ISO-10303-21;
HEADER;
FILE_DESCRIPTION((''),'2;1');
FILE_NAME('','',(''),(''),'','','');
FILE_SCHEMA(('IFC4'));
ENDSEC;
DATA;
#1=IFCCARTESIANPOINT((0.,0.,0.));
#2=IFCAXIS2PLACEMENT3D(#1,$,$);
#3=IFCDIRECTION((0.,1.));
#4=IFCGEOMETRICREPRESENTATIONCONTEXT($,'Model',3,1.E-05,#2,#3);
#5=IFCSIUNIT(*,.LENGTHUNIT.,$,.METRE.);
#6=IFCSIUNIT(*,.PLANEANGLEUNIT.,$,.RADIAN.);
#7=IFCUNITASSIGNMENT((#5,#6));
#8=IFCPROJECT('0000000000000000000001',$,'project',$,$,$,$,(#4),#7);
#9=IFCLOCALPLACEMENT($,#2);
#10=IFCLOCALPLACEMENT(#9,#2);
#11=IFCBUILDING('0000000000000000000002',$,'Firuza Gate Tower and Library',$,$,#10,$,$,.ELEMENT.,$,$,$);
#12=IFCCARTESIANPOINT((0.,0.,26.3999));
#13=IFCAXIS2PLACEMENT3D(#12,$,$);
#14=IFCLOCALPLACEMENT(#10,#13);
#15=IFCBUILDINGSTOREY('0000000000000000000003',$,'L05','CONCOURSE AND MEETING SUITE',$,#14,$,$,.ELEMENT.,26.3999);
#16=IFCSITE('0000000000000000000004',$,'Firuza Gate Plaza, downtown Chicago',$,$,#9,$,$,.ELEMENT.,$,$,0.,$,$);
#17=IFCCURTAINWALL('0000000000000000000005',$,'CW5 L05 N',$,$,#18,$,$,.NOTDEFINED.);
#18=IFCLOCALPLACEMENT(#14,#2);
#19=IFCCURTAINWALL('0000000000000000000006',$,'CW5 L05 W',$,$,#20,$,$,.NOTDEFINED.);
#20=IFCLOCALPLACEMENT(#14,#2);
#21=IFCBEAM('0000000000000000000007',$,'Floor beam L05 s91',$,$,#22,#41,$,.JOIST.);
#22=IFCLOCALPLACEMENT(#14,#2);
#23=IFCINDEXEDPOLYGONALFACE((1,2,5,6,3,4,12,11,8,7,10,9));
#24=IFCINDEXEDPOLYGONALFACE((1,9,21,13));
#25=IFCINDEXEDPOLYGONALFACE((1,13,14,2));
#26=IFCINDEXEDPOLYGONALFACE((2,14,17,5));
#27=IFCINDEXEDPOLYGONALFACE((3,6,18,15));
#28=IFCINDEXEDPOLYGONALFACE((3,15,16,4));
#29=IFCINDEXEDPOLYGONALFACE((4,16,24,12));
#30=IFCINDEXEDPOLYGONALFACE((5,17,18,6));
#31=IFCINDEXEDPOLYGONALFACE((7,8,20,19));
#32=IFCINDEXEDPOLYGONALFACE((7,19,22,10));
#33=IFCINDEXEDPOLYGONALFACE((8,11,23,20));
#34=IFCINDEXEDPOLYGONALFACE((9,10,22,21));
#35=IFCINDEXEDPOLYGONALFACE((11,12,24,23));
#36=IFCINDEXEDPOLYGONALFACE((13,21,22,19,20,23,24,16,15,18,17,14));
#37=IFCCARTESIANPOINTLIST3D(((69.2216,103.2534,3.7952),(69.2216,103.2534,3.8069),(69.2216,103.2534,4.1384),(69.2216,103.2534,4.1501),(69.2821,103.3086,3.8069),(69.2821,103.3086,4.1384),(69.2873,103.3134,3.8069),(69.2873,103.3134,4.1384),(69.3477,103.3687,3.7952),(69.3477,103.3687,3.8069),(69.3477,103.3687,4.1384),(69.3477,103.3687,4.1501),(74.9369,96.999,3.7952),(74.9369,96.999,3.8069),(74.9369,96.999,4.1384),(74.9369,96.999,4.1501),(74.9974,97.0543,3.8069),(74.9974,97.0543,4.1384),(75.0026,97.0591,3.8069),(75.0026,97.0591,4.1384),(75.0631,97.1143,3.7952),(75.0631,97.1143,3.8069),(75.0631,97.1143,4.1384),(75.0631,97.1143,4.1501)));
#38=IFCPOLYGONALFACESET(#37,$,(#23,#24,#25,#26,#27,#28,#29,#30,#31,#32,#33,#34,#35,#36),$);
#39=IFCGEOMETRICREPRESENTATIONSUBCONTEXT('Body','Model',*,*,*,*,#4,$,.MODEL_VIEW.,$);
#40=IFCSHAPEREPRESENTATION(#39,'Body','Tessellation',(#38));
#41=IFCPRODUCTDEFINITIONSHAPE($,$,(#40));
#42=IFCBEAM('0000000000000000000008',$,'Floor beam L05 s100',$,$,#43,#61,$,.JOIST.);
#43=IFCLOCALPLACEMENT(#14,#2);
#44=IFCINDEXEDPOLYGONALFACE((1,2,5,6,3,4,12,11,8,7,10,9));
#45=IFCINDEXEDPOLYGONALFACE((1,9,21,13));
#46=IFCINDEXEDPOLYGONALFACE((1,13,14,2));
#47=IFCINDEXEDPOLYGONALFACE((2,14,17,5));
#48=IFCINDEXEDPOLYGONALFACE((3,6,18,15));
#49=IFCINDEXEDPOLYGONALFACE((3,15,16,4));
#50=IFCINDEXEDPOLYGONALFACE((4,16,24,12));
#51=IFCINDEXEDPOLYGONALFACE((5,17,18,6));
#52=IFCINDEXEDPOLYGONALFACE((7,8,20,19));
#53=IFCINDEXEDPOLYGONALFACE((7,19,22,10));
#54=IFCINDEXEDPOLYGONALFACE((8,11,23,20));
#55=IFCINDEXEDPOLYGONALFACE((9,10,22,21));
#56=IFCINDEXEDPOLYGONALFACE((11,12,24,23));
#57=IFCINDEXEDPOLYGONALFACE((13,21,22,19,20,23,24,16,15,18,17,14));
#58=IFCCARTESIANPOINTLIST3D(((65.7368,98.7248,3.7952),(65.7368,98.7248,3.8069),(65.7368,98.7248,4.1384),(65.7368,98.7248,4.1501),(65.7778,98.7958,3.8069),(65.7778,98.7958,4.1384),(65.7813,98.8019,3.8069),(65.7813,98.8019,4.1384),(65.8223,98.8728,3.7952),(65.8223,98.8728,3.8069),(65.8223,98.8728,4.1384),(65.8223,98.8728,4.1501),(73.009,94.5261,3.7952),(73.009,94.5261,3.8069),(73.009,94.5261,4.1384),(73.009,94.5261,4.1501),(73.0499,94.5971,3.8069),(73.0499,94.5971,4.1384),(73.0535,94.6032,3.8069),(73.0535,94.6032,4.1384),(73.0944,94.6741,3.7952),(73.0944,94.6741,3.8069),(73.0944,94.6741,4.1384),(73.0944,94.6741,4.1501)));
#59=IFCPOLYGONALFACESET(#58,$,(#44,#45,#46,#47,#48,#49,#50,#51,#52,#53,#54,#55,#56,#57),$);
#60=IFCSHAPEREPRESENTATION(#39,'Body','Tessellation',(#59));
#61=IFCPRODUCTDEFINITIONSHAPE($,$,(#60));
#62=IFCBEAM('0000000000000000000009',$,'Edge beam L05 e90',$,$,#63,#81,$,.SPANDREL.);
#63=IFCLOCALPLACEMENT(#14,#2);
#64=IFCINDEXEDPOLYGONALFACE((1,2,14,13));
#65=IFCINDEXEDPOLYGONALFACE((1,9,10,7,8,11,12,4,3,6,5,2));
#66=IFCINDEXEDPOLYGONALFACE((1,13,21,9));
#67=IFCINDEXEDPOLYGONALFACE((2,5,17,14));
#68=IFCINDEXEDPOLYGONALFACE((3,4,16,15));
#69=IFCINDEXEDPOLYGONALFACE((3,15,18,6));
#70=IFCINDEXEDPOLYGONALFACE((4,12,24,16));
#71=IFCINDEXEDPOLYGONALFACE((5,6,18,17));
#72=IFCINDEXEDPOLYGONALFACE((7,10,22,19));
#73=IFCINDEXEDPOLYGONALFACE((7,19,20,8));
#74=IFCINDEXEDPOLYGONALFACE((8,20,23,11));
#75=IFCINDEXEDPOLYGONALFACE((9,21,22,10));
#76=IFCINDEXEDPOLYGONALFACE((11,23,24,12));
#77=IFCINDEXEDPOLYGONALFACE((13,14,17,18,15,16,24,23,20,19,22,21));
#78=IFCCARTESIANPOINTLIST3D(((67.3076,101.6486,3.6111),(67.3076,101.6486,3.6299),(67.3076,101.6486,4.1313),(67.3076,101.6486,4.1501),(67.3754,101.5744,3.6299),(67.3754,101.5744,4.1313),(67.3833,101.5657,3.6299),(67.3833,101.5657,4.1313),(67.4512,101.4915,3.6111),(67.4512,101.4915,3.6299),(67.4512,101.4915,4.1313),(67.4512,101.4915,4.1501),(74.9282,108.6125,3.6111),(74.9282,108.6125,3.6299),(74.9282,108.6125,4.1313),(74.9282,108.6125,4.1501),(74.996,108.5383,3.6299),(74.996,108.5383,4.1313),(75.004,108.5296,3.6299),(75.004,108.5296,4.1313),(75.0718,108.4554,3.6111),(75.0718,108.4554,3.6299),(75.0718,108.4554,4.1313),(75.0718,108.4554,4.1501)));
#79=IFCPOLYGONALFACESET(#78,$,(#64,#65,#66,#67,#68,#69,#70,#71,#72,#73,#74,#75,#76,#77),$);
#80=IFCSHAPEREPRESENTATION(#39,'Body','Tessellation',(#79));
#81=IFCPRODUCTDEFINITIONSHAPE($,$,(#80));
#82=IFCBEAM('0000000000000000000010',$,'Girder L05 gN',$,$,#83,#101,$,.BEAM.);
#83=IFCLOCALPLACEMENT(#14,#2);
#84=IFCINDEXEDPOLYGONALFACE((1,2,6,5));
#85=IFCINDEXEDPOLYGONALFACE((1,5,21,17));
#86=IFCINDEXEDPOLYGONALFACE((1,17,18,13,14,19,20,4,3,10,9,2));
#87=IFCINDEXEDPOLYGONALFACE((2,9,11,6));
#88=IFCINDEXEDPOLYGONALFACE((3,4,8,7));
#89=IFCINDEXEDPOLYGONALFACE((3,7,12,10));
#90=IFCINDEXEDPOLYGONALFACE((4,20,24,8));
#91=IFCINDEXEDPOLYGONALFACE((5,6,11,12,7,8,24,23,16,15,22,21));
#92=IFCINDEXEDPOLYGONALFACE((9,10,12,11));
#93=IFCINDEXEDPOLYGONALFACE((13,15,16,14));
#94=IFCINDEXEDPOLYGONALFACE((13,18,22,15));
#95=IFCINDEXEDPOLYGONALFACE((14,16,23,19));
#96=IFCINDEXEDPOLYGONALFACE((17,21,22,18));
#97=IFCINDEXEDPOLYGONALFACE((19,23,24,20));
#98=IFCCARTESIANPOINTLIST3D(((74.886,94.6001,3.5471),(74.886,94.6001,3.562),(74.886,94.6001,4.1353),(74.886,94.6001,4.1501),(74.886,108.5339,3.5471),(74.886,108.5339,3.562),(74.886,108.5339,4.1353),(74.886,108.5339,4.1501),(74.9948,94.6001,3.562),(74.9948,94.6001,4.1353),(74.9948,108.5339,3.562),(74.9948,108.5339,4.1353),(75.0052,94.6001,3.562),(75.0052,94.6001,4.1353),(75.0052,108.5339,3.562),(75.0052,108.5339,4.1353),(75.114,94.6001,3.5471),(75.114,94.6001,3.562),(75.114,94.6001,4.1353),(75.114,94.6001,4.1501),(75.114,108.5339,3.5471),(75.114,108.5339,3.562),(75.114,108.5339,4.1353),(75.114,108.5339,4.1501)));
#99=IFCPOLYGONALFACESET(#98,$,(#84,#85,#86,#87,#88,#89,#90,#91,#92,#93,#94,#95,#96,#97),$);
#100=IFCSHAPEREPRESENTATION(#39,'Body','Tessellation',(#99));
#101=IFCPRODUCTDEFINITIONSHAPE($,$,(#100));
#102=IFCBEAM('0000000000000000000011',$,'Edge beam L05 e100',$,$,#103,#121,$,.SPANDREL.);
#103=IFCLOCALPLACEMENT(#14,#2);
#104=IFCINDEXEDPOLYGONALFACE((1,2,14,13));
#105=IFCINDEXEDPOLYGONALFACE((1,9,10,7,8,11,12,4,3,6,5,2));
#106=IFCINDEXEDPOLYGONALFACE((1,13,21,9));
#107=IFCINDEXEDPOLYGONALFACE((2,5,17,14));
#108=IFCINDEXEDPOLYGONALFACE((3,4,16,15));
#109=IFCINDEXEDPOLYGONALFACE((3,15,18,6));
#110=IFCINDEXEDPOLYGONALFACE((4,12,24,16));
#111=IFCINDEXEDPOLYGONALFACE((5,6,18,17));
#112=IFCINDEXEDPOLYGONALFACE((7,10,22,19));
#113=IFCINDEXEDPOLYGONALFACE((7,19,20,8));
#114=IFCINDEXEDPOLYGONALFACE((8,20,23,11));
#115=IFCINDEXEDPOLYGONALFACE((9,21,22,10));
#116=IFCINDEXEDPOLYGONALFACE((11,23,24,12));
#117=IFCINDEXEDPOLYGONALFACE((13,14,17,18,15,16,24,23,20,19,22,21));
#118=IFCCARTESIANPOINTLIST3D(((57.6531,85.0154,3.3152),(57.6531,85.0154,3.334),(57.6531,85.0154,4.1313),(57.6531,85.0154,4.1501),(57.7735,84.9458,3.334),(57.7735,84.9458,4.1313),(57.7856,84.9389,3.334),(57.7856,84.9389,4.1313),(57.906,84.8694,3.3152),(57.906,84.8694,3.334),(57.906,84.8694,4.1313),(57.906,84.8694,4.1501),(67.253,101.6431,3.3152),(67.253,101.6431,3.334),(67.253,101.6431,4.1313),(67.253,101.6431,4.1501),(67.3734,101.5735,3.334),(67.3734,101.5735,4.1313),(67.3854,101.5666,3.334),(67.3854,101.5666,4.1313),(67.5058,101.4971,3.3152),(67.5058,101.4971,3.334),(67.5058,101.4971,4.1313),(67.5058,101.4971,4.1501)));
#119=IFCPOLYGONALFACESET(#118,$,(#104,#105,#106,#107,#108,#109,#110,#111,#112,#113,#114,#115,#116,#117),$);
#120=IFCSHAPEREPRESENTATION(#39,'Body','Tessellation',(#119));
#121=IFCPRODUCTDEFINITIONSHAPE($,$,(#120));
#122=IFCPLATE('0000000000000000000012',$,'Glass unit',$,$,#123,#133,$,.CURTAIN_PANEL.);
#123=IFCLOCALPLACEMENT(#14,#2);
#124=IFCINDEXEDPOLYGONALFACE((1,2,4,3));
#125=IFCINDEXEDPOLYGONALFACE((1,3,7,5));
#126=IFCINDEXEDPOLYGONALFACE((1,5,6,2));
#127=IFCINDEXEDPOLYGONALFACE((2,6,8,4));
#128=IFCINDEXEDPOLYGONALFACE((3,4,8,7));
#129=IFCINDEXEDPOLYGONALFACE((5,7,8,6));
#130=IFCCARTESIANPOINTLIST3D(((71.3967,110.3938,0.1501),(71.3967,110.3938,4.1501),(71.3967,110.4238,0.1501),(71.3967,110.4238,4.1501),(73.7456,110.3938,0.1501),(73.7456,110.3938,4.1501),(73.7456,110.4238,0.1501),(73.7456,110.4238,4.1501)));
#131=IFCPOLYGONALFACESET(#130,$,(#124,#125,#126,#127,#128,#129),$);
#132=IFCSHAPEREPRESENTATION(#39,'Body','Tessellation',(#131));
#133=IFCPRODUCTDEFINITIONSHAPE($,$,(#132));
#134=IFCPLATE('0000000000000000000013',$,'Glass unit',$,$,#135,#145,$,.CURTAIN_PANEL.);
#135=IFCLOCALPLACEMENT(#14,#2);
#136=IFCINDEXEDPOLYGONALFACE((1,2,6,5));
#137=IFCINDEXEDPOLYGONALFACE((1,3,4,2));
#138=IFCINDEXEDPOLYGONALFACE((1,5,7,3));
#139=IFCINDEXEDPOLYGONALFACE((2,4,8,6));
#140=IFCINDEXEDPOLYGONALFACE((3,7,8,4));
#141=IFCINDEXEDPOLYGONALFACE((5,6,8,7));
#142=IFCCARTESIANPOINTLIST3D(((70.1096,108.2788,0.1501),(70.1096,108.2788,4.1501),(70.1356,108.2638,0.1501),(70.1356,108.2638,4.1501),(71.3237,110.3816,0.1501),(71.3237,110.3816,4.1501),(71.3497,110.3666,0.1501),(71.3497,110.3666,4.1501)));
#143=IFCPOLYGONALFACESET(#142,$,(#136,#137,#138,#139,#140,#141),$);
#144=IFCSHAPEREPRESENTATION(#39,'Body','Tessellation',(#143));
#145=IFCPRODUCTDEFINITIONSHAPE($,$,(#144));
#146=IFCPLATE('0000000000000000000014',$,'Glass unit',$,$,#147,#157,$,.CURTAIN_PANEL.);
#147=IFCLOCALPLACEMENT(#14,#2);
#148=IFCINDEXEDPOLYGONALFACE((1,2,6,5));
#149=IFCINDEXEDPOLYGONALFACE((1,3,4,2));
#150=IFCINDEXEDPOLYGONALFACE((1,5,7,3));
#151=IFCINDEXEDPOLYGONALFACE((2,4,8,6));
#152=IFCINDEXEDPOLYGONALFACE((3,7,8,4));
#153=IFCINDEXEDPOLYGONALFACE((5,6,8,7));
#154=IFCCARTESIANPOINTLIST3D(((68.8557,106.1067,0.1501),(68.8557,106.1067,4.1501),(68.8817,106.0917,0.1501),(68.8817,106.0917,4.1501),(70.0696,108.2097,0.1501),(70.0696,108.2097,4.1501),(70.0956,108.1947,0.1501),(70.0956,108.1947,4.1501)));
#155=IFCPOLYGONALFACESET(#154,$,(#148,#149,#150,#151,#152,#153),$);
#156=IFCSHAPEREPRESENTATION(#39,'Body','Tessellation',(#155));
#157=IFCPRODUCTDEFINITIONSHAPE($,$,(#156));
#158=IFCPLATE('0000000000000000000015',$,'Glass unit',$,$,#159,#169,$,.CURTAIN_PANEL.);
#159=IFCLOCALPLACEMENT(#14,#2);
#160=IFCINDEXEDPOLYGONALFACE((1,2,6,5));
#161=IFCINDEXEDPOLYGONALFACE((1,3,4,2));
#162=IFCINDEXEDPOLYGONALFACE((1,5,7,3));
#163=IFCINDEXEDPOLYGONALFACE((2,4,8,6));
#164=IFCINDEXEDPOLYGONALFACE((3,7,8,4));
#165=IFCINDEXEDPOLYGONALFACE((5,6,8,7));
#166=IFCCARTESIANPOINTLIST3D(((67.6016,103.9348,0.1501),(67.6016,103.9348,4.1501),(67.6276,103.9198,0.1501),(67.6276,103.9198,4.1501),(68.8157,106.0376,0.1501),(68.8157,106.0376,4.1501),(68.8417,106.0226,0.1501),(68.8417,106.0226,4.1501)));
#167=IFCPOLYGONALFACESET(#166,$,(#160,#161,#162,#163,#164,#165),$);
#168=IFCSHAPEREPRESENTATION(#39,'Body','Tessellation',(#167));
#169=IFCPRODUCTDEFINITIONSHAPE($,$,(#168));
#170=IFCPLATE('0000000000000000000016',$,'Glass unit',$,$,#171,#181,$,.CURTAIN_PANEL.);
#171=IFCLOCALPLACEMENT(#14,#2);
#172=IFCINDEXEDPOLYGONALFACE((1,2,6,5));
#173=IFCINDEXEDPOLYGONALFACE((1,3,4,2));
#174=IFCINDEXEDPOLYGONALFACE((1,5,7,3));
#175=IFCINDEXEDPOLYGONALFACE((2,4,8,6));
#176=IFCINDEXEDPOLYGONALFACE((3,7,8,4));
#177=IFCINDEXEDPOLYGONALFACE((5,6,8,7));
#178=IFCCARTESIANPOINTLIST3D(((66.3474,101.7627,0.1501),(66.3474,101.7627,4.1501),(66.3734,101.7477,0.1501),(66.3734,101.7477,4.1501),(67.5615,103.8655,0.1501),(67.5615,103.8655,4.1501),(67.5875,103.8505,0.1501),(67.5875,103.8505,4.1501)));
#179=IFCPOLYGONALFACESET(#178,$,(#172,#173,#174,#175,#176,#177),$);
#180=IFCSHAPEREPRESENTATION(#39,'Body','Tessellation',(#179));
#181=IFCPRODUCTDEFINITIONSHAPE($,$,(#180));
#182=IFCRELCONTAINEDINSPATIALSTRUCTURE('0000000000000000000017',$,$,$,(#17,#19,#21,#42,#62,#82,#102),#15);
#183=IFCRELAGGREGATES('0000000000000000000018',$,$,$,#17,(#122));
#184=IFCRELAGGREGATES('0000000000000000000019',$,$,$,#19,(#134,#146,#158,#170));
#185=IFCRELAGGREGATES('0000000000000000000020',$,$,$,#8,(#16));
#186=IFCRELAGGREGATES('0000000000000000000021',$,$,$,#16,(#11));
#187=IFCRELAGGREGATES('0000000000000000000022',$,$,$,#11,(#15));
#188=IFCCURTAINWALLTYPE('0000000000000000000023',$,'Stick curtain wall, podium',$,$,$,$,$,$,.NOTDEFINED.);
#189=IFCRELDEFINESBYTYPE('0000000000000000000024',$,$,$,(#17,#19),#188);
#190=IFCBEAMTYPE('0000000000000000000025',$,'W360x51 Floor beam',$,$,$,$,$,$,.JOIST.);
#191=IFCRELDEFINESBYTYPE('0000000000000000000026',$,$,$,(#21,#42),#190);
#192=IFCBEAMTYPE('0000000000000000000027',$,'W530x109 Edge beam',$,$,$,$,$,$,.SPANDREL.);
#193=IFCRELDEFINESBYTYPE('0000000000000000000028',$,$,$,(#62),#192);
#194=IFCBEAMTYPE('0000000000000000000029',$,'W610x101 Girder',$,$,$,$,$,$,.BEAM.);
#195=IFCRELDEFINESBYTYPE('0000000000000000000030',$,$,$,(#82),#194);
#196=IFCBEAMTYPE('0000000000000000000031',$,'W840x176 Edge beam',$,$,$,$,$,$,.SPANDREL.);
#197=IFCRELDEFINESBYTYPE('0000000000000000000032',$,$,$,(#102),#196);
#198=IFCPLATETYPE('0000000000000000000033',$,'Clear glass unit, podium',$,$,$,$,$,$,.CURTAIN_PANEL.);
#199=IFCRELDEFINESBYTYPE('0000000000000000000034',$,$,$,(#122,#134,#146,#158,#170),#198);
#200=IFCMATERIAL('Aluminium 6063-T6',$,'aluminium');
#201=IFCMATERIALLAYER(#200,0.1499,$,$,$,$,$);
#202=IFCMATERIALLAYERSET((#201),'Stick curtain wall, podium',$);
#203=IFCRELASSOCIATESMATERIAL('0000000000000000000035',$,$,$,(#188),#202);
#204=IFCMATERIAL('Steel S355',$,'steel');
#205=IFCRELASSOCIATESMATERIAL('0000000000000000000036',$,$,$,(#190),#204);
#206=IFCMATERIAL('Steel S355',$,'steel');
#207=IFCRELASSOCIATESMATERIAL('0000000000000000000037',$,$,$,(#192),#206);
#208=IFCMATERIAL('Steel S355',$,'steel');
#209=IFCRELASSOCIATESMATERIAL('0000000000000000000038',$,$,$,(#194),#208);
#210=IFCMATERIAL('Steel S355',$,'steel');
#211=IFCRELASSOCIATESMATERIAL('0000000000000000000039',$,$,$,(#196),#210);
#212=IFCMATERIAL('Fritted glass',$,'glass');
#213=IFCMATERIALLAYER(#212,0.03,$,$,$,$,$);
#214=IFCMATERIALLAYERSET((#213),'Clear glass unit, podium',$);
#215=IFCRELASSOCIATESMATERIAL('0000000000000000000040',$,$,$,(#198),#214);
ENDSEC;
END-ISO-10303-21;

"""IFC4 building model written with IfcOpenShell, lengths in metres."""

from ifc_helpers import new_model, si_unit, direction, frame, origin, origin_2d, place, context, subcontext, project, spatial, polyline, i_section, outline, extrude, material, layer, layer_set, material_profile, profile_set, type_object, element, aggregate, save


model = new_model("IFC4")

# Units and contexts
model_context = context("Model", 3, precision=1e-05, world=origin(), true_north=direction((0.0, 1.0)))
body_context = subcontext(model_context, "Body", "Model", "MODEL_VIEW")
ifc_project = project(units=[si_unit("LENGTHUNIT", "METRE"), si_unit("PLANEANGLEUNIT", "RADIAN")], contexts=[model_context])

# Site, building, storey
site_placement = place(None, origin())
site = spatial("IfcSite", under=ifc_project, at=site_placement, Name="Firuza Gate Plaza, downtown Chicago", CompositionType="ELEMENT", RefElevation=0.0)
building_placement = place(site_placement, origin())
building = spatial("IfcBuilding", under=site, at=building_placement, Name="Firuza Gate Tower and Library", CompositionType="ELEMENT")
storey_placement = place(building_placement, frame((0.0, 0.0, 26.3999)))
storey = spatial("IfcBuildingStorey", under=building, at=storey_placement, Name="L05", Description="CONCOURSE AND MEETING SUITE", CompositionType="ELEMENT", Elevation=26.3999)

# Curtain wall
ifc_material_1 = material(Name="Aluminium 6063-T6", Category="aluminium")
ifc_layer_1 = layer(ifc_material_1, 0.1499)
ifc_layer_set_1 = layer_set([ifc_layer_1], Name="Stick curtain wall, podium")
curtain_wall_type = type_object("IfcCurtainWallType", Name="Stick curtain wall, podium", PredefinedType="NOTDEFINED", material=ifc_layer_set_1)
placement = place(storey_placement, origin())
curtain_wall_1 = element("IfcCurtainWall", 1, at=placement, inside=storey, type_object=curtain_wall_type, Name="CW5 L05 N", PredefinedType="NOTDEFINED")

# Curtain wall
curtain_wall_2 = element("IfcCurtainWall", 2, at=placement, inside=storey, type_object=curtain_wall_type, Name="CW5 L05 W", PredefinedType="NOTDEFINED")

# Beams
ifc_material_2 = material(Name="Steel S355", Category="steel")
ifc_material_profile_1 = material_profile(ifc_material_2, i_section(OverallWidth=0.1709, OverallDepth=0.355, WebThickness=0.0071, FlangeThickness=0.0117, at=origin_2d()))
ifc_profile_set_1 = profile_set([ifc_material_profile_1], Name="Steel S355")
beam_type_1 = type_object("IfcBeamType", Name="W360x51 Floor beam", PredefinedType="JOIST", material=ifc_profile_set_1)
beam_1_placement = place(storey_placement, frame((69.2847, 103.311, 3.9727), z_axis=(0.674578, -0.738203, 0.0), x_axis=(0.738203, 0.674578, 0.0)))
element("IfcBeam", 3, at=beam_1_placement, inside=storey, type_object=beam_type_1, Name="Floor beam L05 s91", PredefinedType="JOIST", context=body_context, shape_type="SweptSolid", body=[
    extrude(i_section(OverallWidth=0.1709, OverallDepth=0.355, WebThickness=0.0071, FlangeThickness=0.0117, at=origin_2d()), origin(), (0.0, 0.0, 1.0), 8.4724),
])
beam_2_placement = place(storey_placement, frame((65.7795, 98.7988, 3.9727), z_axis=(0.86602, -0.50001, 0.0), x_axis=(0.50001, 0.86602, 0.0)))
element("IfcBeam", 4, at=beam_2_placement, inside=storey, type_object=beam_type_1, Name="Floor beam L05 s100", PredefinedType="JOIST", context=body_context, shape_type="SweptSolid", body=[
    extrude(i_section(OverallWidth=0.1709, OverallDepth=0.355, WebThickness=0.0071, FlangeThickness=0.0117, at=origin_2d()), origin(), (0.0, 0.0, 1.0), 8.3972),
])
ifc_material_3 = material(Name="Steel S355", Category="steel")
ifc_material_profile_2 = material_profile(ifc_material_3, i_section(OverallWidth=0.2129, OverallDepth=0.5391, WebThickness=0.0117, FlangeThickness=0.0188, at=origin_2d()))
ifc_profile_set_2 = profile_set([ifc_material_profile_2], Name="Steel S355")
beam_type_2 = type_object("IfcBeamType", Name="W530x109 Edge beam", PredefinedType="SPANDREL", material=ifc_profile_set_2)
beam_3_placement = place(storey_placement, frame((75.0, 108.5339, 3.8806), z_axis=(-0.7382, -0.674582, 0.0), x_axis=(0.674582, -0.7382, 0.0)))
element("IfcBeam", 5, at=beam_3_placement, inside=storey, type_object=beam_type_2, Name="Edge beam L05 e90", PredefinedType="SPANDREL", context=body_context, shape_type="SweptSolid", body=[
    extrude(i_section(OverallWidth=0.2129, OverallDepth=0.5391, WebThickness=0.0117, FlangeThickness=0.0188, at=origin_2d()), origin(), (0.0, 0.0, 1.0), 10.3232),
])
ifc_material_4 = material(Name="Steel S355", Category="steel")
ifc_material_profile_3 = material_profile(ifc_material_4, i_section(OverallWidth=0.228, OverallDepth=0.603, WebThickness=0.0105, FlangeThickness=0.0149, at=origin_2d()))
ifc_profile_set_3 = profile_set([ifc_material_profile_3], Name="Steel S355")
beam_type_3 = type_object("IfcBeamType", Name="W610x101 Girder", PredefinedType="BEAM", material=ifc_profile_set_3)
beam_4_placement = place(storey_placement, frame((75.0, 108.5339, 3.8486), z_axis=(0.0, -1.0, 0.0), x_axis=(1.0, 0.0, 0.0)))
element("IfcBeam", 6, at=beam_4_placement, inside=storey, type_object=beam_type_3, Name="Girder L05 gN", PredefinedType="BEAM", context=body_context, shape_type="SweptSolid", body=[
    extrude(i_section(OverallWidth=0.228, OverallDepth=0.603, WebThickness=0.0105, FlangeThickness=0.0149, at=origin_2d()), origin(), (0.0, 0.0, 1.0), 13.9338),
])
ifc_material_5 = material(Name="Steel S355", Category="steel")
ifc_material_profile_4 = material_profile(ifc_material_5, i_section(OverallWidth=0.292, OverallDepth=0.835, WebThickness=0.0139, FlangeThickness=0.0188, at=origin_2d()))
ifc_profile_set_4 = profile_set([ifc_material_profile_4], Name="Steel S355")
beam_type_4 = type_object("IfcBeamType", Name="W840x176 Edge beam", PredefinedType="SPANDREL", material=ifc_profile_set_4)
beam_5_placement = place(storey_placement, frame((67.3794, 101.5701, 3.7327), z_axis=(-0.499994, -0.866029, 0.0), x_axis=(0.866029, -0.499994, 0.0)))
element("IfcBeam", 7, at=beam_5_placement, inside=storey, type_object=beam_type_4, Name="Edge beam L05 e100", PredefinedType="SPANDREL", context=body_context, shape_type="SweptSolid", body=[
    extrude(i_section(OverallWidth=0.292, OverallDepth=0.835, WebThickness=0.0139, FlangeThickness=0.0188, at=origin_2d()), origin(), (0.0, 0.0, 1.0), 19.2),
])

# Plates
ifc_material_6 = material(Name="Fritted glass", Category="glass")
ifc_layer_2 = layer(ifc_material_6, 0.03)
ifc_layer_set_2 = layer_set([ifc_layer_2], Name="Clear glass unit, podium")
plate_type = type_object("IfcPlateType", Name="Clear glass unit, podium", PredefinedType="CURTAIN_PANEL", material=ifc_layer_set_2)
plate_1_placement = place(storey_placement, frame((73.7456, 110.4238, 0.1501), z_axis=(0.0, 1.0, 0.0), x_axis=(-1.0, 0.0, 0.0)))
plate_1 = element("IfcPlate", 8, at=plate_1_placement, type_object=plate_type, Name="Glass unit", PredefinedType="CURTAIN_PANEL", context=body_context, shape_type="SweptSolid", body=[
    extrude(outline(polyline([(0.0, 0.0), (2.3489, 0.0), (2.3489, 4.0), (0.0, 4.0), (0.0, 0.0)])), origin(), (0.0, 0.0, -1.0), 0.03),
])
aggregate(curtain_wall_1, [plate_1])
plate_2_placement = place(storey_placement, frame((71.3237, 110.3816, 0.1501), z_axis=(-0.866013, 0.500021, 0.0), x_axis=(-0.500021, -0.866013, 0.0)))
plate_2 = element("IfcPlate", 9, at=plate_2_placement, type_object=plate_type, Name="Glass unit", PredefinedType="CURTAIN_PANEL", context=body_context, shape_type="SweptSolid", body=[
    extrude(outline(polyline([(0.0, 0.0), (2.4281, 0.0), (2.4281, 4.0), (0.0, 4.0), (0.0, 0.0)])), origin(), (0.0, 0.0, -1.0), 0.03),
])
plate_3_placement = place(storey_placement, frame((70.0696, 108.2097, 0.1501), z_axis=(-0.866082, 0.499902, 0.0), x_axis=(-0.499902, -0.866082, 0.0)))
plate_3 = element("IfcPlate", 10, at=plate_3_placement, type_object=plate_type, Name="Glass unit", PredefinedType="CURTAIN_PANEL", context=body_context, shape_type="SweptSolid", body=[
    extrude(outline(polyline([(0.0, 0.0), (2.4282, 0.0), (2.4282, 4.0), (0.0, 4.0), (0.0, 0.0)])), origin(), (0.0, 0.0, -1.0), 0.03),
])
plate_4_placement = place(storey_placement, frame((68.8157, 106.0376, 0.1501), z_axis=(-0.866013, 0.500021, 0.0), x_axis=(-0.500021, -0.866013, 0.0)))
plate_4 = element("IfcPlate", 11, at=plate_4_placement, type_object=plate_type, Name="Glass unit", PredefinedType="CURTAIN_PANEL", context=body_context, shape_type="SweptSolid", body=[
    extrude(outline(polyline([(0.0, 0.0), (2.4281, 0.0), (2.4281, 4.0), (0.0, 4.0), (0.0, 0.0)])), origin(), (0.0, 0.0, -1.0), 0.03),
])
plate_5_placement = place(storey_placement, frame((67.5615, 103.8655, 0.1501), z_axis=(-0.866013, 0.500021, 0.0), x_axis=(-0.500021, -0.866013, 0.0)))
plate_5 = element("IfcPlate", 12, at=plate_5_placement, type_object=plate_type, Name="Glass unit", PredefinedType="CURTAIN_PANEL", context=body_context, shape_type="SweptSolid", body=[
    extrude(outline(polyline([(0.0, 0.0), (2.4281, 0.0), (2.4281, 4.0), (0.0, 4.0), (0.0, 0.0)])), origin(), (0.0, 0.0, -1.0), 0.03),
])
aggregate(curtain_wall_2, [plate_2, plate_3, plate_4, plate_5])

save(model, "model.ifc")
